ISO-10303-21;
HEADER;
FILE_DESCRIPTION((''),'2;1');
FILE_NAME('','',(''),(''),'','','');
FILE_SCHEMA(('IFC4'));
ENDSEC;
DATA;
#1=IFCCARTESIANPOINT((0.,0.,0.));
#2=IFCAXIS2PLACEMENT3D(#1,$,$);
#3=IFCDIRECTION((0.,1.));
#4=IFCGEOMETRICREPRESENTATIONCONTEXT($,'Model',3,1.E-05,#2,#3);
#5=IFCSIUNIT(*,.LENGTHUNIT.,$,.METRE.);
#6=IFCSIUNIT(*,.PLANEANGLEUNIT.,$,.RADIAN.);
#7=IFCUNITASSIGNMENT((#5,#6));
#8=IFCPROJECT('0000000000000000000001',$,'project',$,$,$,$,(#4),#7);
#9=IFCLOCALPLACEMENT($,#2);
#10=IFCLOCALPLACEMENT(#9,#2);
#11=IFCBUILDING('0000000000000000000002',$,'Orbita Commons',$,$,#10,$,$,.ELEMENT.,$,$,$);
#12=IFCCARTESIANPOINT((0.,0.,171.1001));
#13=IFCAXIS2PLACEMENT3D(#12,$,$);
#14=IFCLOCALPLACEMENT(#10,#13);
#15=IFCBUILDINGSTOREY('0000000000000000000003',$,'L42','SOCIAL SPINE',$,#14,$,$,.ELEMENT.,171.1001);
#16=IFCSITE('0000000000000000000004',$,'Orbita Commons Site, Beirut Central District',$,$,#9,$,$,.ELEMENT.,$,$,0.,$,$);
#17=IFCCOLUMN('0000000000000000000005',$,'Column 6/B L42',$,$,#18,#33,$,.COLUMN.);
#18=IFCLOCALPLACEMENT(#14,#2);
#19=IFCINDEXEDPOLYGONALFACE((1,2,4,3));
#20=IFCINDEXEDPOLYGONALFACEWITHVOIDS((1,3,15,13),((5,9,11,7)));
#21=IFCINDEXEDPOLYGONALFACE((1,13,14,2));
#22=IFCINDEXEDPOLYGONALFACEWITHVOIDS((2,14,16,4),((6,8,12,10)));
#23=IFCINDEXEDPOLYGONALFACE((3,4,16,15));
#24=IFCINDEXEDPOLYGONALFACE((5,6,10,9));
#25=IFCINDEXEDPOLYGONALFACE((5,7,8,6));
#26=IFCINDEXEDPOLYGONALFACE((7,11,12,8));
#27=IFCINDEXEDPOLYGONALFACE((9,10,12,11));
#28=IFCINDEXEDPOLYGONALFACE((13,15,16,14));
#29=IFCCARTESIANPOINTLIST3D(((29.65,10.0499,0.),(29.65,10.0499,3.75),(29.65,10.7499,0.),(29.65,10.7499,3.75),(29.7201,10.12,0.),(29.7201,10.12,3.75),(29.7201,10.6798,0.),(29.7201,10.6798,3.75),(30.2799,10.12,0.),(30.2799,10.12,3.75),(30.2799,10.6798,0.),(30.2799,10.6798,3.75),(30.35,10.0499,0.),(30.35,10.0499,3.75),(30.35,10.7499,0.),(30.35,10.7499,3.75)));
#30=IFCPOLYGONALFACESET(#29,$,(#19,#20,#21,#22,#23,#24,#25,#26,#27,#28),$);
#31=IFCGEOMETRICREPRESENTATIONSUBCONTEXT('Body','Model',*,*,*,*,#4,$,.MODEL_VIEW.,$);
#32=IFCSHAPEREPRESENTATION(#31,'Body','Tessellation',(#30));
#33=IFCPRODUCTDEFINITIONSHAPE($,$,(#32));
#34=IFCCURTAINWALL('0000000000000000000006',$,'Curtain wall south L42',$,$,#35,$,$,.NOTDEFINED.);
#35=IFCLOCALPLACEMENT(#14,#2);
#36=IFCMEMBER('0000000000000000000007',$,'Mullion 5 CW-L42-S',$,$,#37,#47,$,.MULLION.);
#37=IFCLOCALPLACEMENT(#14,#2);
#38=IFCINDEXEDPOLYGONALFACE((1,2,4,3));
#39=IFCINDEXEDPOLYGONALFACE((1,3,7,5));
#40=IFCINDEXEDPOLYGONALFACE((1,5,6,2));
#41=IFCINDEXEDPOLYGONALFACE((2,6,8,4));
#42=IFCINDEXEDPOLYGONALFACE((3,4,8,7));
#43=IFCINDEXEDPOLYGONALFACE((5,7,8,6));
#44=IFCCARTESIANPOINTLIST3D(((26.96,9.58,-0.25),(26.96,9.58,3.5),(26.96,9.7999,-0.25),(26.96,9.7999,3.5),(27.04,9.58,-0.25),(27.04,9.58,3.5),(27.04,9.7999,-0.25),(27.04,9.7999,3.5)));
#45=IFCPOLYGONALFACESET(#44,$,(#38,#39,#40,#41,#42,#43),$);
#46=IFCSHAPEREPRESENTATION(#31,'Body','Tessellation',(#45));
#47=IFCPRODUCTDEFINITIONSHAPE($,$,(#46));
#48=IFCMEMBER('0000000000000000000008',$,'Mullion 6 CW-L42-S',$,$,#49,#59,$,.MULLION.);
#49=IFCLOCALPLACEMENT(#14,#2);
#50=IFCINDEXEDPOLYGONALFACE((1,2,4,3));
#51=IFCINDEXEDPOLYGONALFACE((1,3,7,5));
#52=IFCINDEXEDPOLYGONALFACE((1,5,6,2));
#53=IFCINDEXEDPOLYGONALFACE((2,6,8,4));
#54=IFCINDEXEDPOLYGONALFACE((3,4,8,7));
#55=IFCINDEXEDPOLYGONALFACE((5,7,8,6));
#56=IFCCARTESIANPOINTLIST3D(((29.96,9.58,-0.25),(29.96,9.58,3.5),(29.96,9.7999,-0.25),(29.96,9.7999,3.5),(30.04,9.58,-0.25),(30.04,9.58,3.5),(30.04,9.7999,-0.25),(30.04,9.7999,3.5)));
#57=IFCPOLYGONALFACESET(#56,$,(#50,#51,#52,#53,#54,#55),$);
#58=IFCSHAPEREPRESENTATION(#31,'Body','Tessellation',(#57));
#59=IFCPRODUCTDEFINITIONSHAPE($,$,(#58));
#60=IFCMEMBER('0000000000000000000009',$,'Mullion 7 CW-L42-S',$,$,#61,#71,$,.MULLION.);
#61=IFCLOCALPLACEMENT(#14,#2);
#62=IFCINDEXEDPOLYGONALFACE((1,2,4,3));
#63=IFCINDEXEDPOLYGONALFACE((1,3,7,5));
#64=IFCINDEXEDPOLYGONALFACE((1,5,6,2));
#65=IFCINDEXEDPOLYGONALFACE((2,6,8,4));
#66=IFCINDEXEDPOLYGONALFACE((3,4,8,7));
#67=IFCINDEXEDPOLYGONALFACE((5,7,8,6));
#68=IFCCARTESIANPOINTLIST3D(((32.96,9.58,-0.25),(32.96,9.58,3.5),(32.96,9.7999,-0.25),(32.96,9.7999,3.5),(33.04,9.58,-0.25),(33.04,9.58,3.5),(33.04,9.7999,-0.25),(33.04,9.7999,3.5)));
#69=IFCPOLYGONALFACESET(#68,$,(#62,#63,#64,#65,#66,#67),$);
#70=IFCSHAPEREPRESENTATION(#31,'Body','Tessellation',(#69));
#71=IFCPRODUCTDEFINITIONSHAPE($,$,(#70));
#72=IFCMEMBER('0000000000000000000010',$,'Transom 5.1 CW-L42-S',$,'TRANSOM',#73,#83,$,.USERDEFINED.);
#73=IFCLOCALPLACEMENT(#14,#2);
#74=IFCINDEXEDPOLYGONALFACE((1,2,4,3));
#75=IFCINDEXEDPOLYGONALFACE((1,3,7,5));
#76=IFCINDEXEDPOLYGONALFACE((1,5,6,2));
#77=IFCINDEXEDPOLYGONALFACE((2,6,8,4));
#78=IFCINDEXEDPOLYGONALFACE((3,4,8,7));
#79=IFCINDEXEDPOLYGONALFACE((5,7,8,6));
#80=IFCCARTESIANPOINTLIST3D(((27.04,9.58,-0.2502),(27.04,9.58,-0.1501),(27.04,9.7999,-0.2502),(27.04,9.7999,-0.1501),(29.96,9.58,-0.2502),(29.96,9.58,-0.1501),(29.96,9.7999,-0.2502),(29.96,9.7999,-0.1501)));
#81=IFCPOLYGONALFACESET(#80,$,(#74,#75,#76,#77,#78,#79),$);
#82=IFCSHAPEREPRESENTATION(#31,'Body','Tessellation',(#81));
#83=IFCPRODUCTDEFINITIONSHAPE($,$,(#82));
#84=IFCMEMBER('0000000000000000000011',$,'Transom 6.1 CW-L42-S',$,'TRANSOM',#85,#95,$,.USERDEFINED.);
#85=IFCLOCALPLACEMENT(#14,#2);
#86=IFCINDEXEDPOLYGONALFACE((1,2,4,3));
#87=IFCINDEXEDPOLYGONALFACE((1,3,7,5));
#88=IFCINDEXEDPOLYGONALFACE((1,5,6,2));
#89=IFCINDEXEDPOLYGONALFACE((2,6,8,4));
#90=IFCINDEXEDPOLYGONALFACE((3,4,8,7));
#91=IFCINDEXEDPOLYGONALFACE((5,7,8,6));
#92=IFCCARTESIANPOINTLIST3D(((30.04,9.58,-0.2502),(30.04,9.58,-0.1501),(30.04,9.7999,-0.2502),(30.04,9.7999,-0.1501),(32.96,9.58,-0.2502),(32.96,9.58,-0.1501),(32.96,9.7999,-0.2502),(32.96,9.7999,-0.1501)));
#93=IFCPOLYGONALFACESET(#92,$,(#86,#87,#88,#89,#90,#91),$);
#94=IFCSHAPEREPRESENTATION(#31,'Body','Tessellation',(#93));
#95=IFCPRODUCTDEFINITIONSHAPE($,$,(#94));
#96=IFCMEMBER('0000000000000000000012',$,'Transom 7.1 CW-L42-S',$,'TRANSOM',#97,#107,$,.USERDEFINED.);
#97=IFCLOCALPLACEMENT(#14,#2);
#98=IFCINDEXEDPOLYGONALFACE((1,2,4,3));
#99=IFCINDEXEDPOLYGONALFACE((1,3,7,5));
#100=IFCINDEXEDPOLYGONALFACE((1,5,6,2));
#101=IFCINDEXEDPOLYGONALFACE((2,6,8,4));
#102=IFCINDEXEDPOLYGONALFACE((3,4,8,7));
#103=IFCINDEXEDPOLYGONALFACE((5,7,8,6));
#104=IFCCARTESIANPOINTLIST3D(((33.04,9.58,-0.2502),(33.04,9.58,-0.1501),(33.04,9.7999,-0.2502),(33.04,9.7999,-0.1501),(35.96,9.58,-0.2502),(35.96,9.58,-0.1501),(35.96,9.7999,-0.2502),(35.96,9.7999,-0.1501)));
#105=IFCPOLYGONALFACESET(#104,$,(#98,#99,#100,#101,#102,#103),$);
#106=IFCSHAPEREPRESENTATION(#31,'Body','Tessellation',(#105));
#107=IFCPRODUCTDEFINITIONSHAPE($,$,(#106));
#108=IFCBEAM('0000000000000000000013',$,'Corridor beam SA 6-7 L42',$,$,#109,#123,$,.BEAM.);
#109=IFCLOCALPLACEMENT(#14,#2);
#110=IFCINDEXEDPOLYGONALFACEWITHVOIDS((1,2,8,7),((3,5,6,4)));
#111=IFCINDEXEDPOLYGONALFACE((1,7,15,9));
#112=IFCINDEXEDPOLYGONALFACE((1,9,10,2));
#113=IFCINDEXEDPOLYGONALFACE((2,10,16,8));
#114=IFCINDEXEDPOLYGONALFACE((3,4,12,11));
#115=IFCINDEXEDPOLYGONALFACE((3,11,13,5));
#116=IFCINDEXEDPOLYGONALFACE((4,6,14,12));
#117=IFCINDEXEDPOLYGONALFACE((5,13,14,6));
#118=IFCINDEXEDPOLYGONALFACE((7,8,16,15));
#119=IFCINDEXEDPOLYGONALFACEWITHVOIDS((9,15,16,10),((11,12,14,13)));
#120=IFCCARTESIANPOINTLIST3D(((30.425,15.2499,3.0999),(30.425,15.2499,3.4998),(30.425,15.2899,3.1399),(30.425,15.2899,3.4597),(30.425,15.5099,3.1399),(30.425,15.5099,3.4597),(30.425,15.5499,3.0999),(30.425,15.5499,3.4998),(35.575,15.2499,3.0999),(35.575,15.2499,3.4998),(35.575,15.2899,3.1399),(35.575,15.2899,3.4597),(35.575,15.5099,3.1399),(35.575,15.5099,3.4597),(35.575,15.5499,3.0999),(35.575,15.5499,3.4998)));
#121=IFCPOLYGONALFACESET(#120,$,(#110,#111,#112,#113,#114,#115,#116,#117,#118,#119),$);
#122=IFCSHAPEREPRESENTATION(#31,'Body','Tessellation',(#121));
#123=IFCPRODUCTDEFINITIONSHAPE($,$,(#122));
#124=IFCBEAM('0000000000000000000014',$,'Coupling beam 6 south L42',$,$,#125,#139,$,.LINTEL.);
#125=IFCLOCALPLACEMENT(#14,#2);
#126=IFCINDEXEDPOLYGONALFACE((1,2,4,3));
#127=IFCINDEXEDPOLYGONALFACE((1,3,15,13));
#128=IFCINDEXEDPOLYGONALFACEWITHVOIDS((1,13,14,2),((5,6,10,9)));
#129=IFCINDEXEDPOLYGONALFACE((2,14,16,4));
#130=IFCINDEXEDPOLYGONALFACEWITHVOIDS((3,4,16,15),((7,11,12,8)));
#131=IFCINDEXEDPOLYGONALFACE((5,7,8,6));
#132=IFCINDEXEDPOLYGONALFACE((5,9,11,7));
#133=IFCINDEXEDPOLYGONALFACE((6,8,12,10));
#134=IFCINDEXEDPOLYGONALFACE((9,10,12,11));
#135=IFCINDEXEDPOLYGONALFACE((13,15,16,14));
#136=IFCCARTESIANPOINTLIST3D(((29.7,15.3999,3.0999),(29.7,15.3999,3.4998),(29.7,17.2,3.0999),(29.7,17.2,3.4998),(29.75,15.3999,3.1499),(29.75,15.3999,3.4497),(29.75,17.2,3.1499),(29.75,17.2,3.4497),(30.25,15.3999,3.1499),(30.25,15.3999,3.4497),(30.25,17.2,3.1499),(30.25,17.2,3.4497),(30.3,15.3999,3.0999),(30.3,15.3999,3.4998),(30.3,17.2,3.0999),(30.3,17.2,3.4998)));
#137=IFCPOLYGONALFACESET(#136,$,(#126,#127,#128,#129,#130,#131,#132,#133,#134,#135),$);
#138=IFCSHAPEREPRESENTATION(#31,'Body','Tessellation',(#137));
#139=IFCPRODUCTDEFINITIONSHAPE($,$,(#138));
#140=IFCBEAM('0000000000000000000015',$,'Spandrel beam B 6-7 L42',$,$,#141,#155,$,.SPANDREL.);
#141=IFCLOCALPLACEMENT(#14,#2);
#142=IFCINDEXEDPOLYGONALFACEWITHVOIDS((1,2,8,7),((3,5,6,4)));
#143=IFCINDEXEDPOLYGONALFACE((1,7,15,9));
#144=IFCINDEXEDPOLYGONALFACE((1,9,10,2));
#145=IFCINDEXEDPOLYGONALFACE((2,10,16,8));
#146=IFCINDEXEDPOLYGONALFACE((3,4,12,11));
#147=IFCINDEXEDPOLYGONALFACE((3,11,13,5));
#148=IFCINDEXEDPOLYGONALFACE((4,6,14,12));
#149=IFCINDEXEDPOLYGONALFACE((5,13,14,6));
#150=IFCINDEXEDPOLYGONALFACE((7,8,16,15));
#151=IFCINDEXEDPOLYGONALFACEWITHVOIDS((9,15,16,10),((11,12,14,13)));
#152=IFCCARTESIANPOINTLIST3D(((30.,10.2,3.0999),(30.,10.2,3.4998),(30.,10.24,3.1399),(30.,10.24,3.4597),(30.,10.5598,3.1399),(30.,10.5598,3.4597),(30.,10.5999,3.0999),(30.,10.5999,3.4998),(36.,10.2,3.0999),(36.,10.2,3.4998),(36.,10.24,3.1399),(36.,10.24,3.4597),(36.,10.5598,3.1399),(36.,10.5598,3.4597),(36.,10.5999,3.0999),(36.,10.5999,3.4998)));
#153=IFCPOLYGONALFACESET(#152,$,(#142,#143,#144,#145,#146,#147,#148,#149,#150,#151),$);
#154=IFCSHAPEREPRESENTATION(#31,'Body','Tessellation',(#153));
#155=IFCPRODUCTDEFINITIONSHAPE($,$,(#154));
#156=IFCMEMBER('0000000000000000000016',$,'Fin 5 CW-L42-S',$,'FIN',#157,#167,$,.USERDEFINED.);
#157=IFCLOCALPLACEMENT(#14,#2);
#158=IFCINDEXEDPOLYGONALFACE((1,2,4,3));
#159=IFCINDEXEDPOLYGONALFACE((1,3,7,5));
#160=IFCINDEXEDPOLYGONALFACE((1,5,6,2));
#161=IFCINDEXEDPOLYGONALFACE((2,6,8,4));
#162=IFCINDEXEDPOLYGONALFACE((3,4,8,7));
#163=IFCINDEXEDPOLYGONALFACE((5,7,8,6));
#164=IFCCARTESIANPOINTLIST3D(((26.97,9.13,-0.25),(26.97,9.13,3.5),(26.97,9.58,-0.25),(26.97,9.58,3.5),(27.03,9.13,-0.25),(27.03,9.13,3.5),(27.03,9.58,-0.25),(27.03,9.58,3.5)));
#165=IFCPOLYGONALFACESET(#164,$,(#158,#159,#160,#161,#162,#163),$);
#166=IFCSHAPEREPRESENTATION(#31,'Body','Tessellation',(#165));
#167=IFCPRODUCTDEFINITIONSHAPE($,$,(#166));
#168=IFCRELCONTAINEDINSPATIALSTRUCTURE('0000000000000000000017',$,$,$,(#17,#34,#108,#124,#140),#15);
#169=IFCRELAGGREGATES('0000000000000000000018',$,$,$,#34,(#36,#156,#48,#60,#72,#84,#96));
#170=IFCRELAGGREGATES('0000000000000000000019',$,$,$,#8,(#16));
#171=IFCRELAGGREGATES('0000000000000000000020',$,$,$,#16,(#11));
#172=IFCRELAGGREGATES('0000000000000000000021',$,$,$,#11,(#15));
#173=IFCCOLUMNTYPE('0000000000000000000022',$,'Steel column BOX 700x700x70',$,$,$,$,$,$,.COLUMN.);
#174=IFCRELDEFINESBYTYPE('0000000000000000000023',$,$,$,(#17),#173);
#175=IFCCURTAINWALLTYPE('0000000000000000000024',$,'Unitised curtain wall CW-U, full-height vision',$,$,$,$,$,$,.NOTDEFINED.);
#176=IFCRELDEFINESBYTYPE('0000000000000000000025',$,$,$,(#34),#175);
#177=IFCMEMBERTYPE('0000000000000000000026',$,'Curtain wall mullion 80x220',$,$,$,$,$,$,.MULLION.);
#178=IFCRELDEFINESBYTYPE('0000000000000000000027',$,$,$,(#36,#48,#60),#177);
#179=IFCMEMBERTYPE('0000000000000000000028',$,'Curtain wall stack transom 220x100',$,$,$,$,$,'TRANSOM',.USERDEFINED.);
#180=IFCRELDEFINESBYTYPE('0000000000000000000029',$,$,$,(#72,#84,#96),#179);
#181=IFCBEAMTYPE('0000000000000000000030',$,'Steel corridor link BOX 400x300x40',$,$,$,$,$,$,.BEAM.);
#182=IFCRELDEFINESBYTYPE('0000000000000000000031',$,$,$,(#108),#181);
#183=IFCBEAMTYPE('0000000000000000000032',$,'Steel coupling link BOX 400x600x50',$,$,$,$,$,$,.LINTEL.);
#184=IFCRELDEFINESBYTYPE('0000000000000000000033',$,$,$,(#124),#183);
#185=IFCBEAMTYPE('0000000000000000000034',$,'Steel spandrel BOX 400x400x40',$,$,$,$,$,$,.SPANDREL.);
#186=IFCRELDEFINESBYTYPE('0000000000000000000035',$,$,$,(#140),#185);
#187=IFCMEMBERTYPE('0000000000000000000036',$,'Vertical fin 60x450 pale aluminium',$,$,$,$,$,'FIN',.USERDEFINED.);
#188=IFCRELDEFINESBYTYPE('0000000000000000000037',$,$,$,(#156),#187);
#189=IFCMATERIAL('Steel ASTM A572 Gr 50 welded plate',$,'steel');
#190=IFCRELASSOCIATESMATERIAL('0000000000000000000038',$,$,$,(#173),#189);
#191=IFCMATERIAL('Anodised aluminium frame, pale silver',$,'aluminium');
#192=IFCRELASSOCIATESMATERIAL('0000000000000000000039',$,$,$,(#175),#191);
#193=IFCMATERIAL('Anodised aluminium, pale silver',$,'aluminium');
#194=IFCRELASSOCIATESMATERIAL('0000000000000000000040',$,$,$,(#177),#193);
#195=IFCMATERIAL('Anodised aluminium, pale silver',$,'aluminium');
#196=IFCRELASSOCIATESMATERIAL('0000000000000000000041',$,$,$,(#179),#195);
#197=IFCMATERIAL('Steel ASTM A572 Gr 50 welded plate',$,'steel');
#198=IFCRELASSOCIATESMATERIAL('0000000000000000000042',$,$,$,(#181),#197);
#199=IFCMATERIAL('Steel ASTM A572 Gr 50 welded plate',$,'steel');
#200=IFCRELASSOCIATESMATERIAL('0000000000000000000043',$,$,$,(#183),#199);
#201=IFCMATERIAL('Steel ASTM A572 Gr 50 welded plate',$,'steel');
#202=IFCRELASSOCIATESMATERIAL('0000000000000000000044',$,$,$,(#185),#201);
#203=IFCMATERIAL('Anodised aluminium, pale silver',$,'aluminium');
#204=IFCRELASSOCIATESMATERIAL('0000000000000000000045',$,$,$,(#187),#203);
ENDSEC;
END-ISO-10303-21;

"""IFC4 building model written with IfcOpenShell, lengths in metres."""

from ifc_helpers import new_model, si_unit, direction, frame, origin, origin_2d, place, context, subcontext, project, spatial, rectangle, hollow_rectangle, extrude, material, material_profile, profile_set, type_object, element, aggregate, save


model = new_model("IFC4")

# Units and contexts
model_context = context("Model", 3, precision=1e-05, world=origin(), true_north=direction((0.0, 1.0)))
body_context = subcontext(model_context, "Body", "Model", "MODEL_VIEW")
ifc_project = project(units=[si_unit("LENGTHUNIT", "METRE"), si_unit("PLANEANGLEUNIT", "RADIAN")], contexts=[model_context])

# Site, building, storey
site_placement = place(None, origin())
site = spatial("IfcSite", under=ifc_project, at=site_placement, Name="Orbita Commons Site, Beirut Central District", CompositionType="ELEMENT", RefElevation=0.0)
building_placement = place(site_placement, origin())
building = spatial("IfcBuilding", under=site, at=building_placement, Name="Orbita Commons", CompositionType="ELEMENT")
storey_placement = place(building_placement, frame((0.0, 0.0, 171.1001)))
storey = spatial("IfcBuildingStorey", under=building, at=storey_placement, Name="L42", Description="SOCIAL SPINE", CompositionType="ELEMENT", Elevation=171.1001)

# Column
ifc_material_1 = material(Name="Steel ASTM A572 Gr 50 welded plate", Category="steel")
ifc_material_profile_1 = material_profile(ifc_material_1, hollow_rectangle(XDim=0.7, YDim=0.7, WallThickness=0.0701, at=origin_2d()), Name="BOX 700x700x70")
ifc_profile_set_1 = profile_set([ifc_material_profile_1], Name="Steel ASTM A572 Gr 50 welded plate")
column_type = type_object("IfcColumnType", Name="Steel column BOX 700x700x70", PredefinedType="COLUMN", material=ifc_profile_set_1)
column_placement = place(storey_placement, frame((30.0, 10.3999, 0.0), z_axis=(0.0, 0.0, 1.0), x_axis=(1.0, 0.0, 0.0)))
element("IfcColumn", 1, at=column_placement, inside=storey, type_object=column_type, Name="Column 6/B L42", PredefinedType="COLUMN", context=body_context, shape_type="SweptSolid", body=[
    extrude(hollow_rectangle(XDim=0.7, YDim=0.7, WallThickness=0.0701, at=origin_2d()), origin(), (0.0, 0.0, 1.0), 3.75),
])

# Curtain wall, members
ifc_material_2 = material(Name="Anodised aluminium frame, pale silver", Category="aluminium")
curtain_wall_type = type_object("IfcCurtainWallType", Name="Unitised curtain wall CW-U, full-height vision", PredefinedType="NOTDEFINED", material=ifc_material_2)
curtain_wall_placement = place(storey_placement, origin())
curtain_wall = element("IfcCurtainWall", 2, at=curtain_wall_placement, inside=storey, type_object=curtain_wall_type, Name="Curtain wall south L42", PredefinedType="NOTDEFINED")
ifc_material_3 = material(Name="Anodised aluminium, pale silver", Category="aluminium")
ifc_material_profile_2 = material_profile(ifc_material_3, rectangle(XDim=0.0801, YDim=0.22, at=origin_2d()), Name="AL 80x220")
ifc_profile_set_2 = profile_set([ifc_material_profile_2], Name="Anodised aluminium, pale silver")
member_type_1 = type_object("IfcMemberType", Name="Curtain wall mullion 80x220", PredefinedType="MULLION", material=ifc_profile_set_2)
member_1_placement = place(storey_placement, frame((27.0, 9.6899, -0.25), z_axis=(0.0, 0.0, 1.0), x_axis=(1.0, 0.0, 0.0)))
member_1 = element("IfcMember", 3, at=member_1_placement, type_object=member_type_1, Name="Mullion 5 CW-L42-S", PredefinedType="MULLION", context=body_context, shape_type="SweptSolid", body=[
    extrude(rectangle(XDim=0.0801, YDim=0.22, at=origin_2d()), origin(), (0.0, 0.0, 1.0), 3.75),
])
member_2_placement = place(storey_placement, frame((30.0, 9.6899, -0.25), z_axis=(0.0, 0.0, 1.0), x_axis=(1.0, 0.0, 0.0)))
member_2 = element("IfcMember", 4, at=member_2_placement, type_object=member_type_1, Name="Mullion 6 CW-L42-S", PredefinedType="MULLION", context=body_context, shape_type="SweptSolid", body=[
    extrude(rectangle(XDim=0.0801, YDim=0.22, at=origin_2d()), origin(), (0.0, 0.0, 1.0), 3.75),
])
member_3_placement = place(storey_placement, frame((33.0, 9.6899, -0.25), z_axis=(0.0, 0.0, 1.0), x_axis=(1.0, 0.0, 0.0)))
member_3 = element("IfcMember", 5, at=member_3_placement, type_object=member_type_1, Name="Mullion 7 CW-L42-S", PredefinedType="MULLION", context=body_context, shape_type="SweptSolid", body=[
    extrude(rectangle(XDim=0.0801, YDim=0.22, at=origin_2d()), origin(), (0.0, 0.0, 1.0), 3.75),
])
ifc_material_4 = material(Name="Anodised aluminium, pale silver", Category="aluminium")
ifc_material_profile_3 = material_profile(ifc_material_4, rectangle(XDim=0.22, YDim=0.1001, at=origin_2d()), Name="AL 220x100")
ifc_profile_set_3 = profile_set([ifc_material_profile_3], Name="Anodised aluminium, pale silver")
member_type_2 = type_object("IfcMemberType", Name="Curtain wall stack transom 220x100", ElementType="TRANSOM", PredefinedType="USERDEFINED", material=ifc_profile_set_3)
member_4_placement = place(storey_placement, frame((27.04, 9.6899, -0.2002), z_axis=(1.0, 0.0, 0.0), x_axis=(0.0, 1.0, 0.0)))
member_4 = element("IfcMember", 6, at=member_4_placement, type_object=member_type_2, Name="Transom 5.1 CW-L42-S", ObjectType="TRANSOM", PredefinedType="USERDEFINED", context=body_context, shape_type="SweptSolid", body=[
    extrude(rectangle(XDim=0.22, YDim=0.1001, at=origin_2d()), origin(), (0.0, 0.0, 1.0), 2.9199),
])
member_5_placement = place(storey_placement, frame((30.04, 9.6899, -0.2002), z_axis=(1.0, 0.0, 0.0), x_axis=(0.0, 1.0, 0.0)))
member_5 = element("IfcMember", 7, at=member_5_placement, type_object=member_type_2, Name="Transom 6.1 CW-L42-S", ObjectType="TRANSOM", PredefinedType="USERDEFINED", context=body_context, shape_type="SweptSolid", body=[
    extrude(rectangle(XDim=0.22, YDim=0.1001, at=origin_2d()), origin(), (0.0, 0.0, 1.0), 2.9199),
])
member_6_placement = place(storey_placement, frame((33.04, 9.6899, -0.2002), z_axis=(1.0, 0.0, 0.0), x_axis=(0.0, 1.0, 0.0)))
member_6 = element("IfcMember", 8, at=member_6_placement, type_object=member_type_2, Name="Transom 7.1 CW-L42-S", ObjectType="TRANSOM", PredefinedType="USERDEFINED", context=body_context, shape_type="SweptSolid", body=[
    extrude(rectangle(XDim=0.22, YDim=0.1001, at=origin_2d()), origin(), (0.0, 0.0, 1.0), 2.9199),
])

# Beams
ifc_material_5 = material(Name="Steel ASTM A572 Gr 50 welded plate", Category="steel")
ifc_material_profile_4 = material_profile(ifc_material_5, hollow_rectangle(XDim=0.3, YDim=0.3999, WallThickness=0.04, at=origin_2d()), Name="BOX 400x300x40")
ifc_profile_set_4 = profile_set([ifc_material_profile_4], Name="Steel ASTM A572 Gr 50 welded plate")
beam_type_1 = type_object("IfcBeamType", Name="Steel corridor link BOX 400x300x40", PredefinedType="BEAM", material=ifc_profile_set_4)
beam_1_placement = place(storey_placement, frame((30.425, 15.3999, 3.2998), z_axis=(1.0, 0.0, 0.0), x_axis=(0.0, 1.0, 0.0)))
element("IfcBeam", 9, at=beam_1_placement, inside=storey, type_object=beam_type_1, Name="Corridor beam SA 6-7 L42", PredefinedType="BEAM", context=body_context, shape_type="SweptSolid", body=[
    extrude(hollow_rectangle(XDim=0.3, YDim=0.3999, WallThickness=0.04, at=origin_2d()), origin(), (0.0, 0.0, 1.0), 5.1499),
])
ifc_material_6 = material(Name="Steel ASTM A572 Gr 50 welded plate", Category="steel")
ifc_material_profile_5 = material_profile(ifc_material_6, hollow_rectangle(XDim=0.6001, YDim=0.3999, WallThickness=0.05, at=origin_2d()), Name="BOX 400x600x50")
ifc_profile_set_5 = profile_set([ifc_material_profile_5], Name="Steel ASTM A572 Gr 50 welded plate")
beam_type_2 = type_object("IfcBeamType", Name="Steel coupling link BOX 400x600x50", PredefinedType="LINTEL", material=ifc_profile_set_5)
beam_2_placement = place(storey_placement, frame((30.0, 15.3999, 3.2998), z_axis=(0.0, 1.0, 0.0), x_axis=(-1.0, 0.0, 0.0)))
element("IfcBeam", 10, at=beam_2_placement, inside=storey, type_object=beam_type_2, Name="Coupling beam 6 south L42", PredefinedType="LINTEL", context=body_context, shape_type="SweptSolid", body=[
    extrude(hollow_rectangle(XDim=0.6001, YDim=0.3999, WallThickness=0.05, at=origin_2d()), origin(), (0.0, 0.0, 1.0), 1.8),
])
ifc_material_7 = material(Name="Steel ASTM A572 Gr 50 welded plate", Category="steel")
ifc_material_profile_6 = material_profile(ifc_material_7, hollow_rectangle(XDim=0.3999, YDim=0.3999, WallThickness=0.04, at=origin_2d()), Name="BOX 400x400x40")
ifc_profile_set_6 = profile_set([ifc_material_profile_6], Name="Steel ASTM A572 Gr 50 welded plate")
beam_type_3 = type_object("IfcBeamType", Name="Steel spandrel BOX 400x400x40", PredefinedType="SPANDREL", material=ifc_profile_set_6)
beam_3_placement = place(storey_placement, frame((30.0, 10.3999, 3.2998), z_axis=(1.0, 0.0, 0.0), x_axis=(0.0, 1.0, 0.0)))
element("IfcBeam", 11, at=beam_3_placement, inside=storey, type_object=beam_type_3, Name="Spandrel beam B 6-7 L42", PredefinedType="SPANDREL", context=body_context, shape_type="SweptSolid", body=[
    extrude(hollow_rectangle(XDim=0.3999, YDim=0.3999, WallThickness=0.04, at=origin_2d()), origin(), (0.0, 0.0, 1.0), 6.0),
])

# Member
ifc_material_8 = material(Name="Anodised aluminium, pale silver", Category="aluminium")
ifc_material_profile_7 = material_profile(ifc_material_8, rectangle(XDim=0.0601, YDim=0.45, at=origin_2d()), Name="FIN 60x450")
ifc_profile_set_7 = profile_set([ifc_material_profile_7], Name="Anodised aluminium, pale silver")
member_type_3 = type_object("IfcMemberType", Name="Vertical fin 60x450 pale aluminium", ElementType="FIN", PredefinedType="USERDEFINED", material=ifc_profile_set_7)
member_7_placement = place(storey_placement, frame((27.0, 9.355, -0.25), z_axis=(0.0, 0.0, 1.0), x_axis=(1.0, 0.0, 0.0)))
member_7 = element("IfcMember", 12, at=member_7_placement, type_object=member_type_3, Name="Fin 5 CW-L42-S", ObjectType="FIN", PredefinedType="USERDEFINED", context=body_context, shape_type="SweptSolid", body=[
    extrude(rectangle(XDim=0.0601, YDim=0.45, at=origin_2d()), origin(), (0.0, 0.0, 1.0), 3.75),
])

aggregate(curtain_wall, [member_1, member_7, member_2, member_3, member_4, member_5, member_6])

save(model, "model.ifc")
